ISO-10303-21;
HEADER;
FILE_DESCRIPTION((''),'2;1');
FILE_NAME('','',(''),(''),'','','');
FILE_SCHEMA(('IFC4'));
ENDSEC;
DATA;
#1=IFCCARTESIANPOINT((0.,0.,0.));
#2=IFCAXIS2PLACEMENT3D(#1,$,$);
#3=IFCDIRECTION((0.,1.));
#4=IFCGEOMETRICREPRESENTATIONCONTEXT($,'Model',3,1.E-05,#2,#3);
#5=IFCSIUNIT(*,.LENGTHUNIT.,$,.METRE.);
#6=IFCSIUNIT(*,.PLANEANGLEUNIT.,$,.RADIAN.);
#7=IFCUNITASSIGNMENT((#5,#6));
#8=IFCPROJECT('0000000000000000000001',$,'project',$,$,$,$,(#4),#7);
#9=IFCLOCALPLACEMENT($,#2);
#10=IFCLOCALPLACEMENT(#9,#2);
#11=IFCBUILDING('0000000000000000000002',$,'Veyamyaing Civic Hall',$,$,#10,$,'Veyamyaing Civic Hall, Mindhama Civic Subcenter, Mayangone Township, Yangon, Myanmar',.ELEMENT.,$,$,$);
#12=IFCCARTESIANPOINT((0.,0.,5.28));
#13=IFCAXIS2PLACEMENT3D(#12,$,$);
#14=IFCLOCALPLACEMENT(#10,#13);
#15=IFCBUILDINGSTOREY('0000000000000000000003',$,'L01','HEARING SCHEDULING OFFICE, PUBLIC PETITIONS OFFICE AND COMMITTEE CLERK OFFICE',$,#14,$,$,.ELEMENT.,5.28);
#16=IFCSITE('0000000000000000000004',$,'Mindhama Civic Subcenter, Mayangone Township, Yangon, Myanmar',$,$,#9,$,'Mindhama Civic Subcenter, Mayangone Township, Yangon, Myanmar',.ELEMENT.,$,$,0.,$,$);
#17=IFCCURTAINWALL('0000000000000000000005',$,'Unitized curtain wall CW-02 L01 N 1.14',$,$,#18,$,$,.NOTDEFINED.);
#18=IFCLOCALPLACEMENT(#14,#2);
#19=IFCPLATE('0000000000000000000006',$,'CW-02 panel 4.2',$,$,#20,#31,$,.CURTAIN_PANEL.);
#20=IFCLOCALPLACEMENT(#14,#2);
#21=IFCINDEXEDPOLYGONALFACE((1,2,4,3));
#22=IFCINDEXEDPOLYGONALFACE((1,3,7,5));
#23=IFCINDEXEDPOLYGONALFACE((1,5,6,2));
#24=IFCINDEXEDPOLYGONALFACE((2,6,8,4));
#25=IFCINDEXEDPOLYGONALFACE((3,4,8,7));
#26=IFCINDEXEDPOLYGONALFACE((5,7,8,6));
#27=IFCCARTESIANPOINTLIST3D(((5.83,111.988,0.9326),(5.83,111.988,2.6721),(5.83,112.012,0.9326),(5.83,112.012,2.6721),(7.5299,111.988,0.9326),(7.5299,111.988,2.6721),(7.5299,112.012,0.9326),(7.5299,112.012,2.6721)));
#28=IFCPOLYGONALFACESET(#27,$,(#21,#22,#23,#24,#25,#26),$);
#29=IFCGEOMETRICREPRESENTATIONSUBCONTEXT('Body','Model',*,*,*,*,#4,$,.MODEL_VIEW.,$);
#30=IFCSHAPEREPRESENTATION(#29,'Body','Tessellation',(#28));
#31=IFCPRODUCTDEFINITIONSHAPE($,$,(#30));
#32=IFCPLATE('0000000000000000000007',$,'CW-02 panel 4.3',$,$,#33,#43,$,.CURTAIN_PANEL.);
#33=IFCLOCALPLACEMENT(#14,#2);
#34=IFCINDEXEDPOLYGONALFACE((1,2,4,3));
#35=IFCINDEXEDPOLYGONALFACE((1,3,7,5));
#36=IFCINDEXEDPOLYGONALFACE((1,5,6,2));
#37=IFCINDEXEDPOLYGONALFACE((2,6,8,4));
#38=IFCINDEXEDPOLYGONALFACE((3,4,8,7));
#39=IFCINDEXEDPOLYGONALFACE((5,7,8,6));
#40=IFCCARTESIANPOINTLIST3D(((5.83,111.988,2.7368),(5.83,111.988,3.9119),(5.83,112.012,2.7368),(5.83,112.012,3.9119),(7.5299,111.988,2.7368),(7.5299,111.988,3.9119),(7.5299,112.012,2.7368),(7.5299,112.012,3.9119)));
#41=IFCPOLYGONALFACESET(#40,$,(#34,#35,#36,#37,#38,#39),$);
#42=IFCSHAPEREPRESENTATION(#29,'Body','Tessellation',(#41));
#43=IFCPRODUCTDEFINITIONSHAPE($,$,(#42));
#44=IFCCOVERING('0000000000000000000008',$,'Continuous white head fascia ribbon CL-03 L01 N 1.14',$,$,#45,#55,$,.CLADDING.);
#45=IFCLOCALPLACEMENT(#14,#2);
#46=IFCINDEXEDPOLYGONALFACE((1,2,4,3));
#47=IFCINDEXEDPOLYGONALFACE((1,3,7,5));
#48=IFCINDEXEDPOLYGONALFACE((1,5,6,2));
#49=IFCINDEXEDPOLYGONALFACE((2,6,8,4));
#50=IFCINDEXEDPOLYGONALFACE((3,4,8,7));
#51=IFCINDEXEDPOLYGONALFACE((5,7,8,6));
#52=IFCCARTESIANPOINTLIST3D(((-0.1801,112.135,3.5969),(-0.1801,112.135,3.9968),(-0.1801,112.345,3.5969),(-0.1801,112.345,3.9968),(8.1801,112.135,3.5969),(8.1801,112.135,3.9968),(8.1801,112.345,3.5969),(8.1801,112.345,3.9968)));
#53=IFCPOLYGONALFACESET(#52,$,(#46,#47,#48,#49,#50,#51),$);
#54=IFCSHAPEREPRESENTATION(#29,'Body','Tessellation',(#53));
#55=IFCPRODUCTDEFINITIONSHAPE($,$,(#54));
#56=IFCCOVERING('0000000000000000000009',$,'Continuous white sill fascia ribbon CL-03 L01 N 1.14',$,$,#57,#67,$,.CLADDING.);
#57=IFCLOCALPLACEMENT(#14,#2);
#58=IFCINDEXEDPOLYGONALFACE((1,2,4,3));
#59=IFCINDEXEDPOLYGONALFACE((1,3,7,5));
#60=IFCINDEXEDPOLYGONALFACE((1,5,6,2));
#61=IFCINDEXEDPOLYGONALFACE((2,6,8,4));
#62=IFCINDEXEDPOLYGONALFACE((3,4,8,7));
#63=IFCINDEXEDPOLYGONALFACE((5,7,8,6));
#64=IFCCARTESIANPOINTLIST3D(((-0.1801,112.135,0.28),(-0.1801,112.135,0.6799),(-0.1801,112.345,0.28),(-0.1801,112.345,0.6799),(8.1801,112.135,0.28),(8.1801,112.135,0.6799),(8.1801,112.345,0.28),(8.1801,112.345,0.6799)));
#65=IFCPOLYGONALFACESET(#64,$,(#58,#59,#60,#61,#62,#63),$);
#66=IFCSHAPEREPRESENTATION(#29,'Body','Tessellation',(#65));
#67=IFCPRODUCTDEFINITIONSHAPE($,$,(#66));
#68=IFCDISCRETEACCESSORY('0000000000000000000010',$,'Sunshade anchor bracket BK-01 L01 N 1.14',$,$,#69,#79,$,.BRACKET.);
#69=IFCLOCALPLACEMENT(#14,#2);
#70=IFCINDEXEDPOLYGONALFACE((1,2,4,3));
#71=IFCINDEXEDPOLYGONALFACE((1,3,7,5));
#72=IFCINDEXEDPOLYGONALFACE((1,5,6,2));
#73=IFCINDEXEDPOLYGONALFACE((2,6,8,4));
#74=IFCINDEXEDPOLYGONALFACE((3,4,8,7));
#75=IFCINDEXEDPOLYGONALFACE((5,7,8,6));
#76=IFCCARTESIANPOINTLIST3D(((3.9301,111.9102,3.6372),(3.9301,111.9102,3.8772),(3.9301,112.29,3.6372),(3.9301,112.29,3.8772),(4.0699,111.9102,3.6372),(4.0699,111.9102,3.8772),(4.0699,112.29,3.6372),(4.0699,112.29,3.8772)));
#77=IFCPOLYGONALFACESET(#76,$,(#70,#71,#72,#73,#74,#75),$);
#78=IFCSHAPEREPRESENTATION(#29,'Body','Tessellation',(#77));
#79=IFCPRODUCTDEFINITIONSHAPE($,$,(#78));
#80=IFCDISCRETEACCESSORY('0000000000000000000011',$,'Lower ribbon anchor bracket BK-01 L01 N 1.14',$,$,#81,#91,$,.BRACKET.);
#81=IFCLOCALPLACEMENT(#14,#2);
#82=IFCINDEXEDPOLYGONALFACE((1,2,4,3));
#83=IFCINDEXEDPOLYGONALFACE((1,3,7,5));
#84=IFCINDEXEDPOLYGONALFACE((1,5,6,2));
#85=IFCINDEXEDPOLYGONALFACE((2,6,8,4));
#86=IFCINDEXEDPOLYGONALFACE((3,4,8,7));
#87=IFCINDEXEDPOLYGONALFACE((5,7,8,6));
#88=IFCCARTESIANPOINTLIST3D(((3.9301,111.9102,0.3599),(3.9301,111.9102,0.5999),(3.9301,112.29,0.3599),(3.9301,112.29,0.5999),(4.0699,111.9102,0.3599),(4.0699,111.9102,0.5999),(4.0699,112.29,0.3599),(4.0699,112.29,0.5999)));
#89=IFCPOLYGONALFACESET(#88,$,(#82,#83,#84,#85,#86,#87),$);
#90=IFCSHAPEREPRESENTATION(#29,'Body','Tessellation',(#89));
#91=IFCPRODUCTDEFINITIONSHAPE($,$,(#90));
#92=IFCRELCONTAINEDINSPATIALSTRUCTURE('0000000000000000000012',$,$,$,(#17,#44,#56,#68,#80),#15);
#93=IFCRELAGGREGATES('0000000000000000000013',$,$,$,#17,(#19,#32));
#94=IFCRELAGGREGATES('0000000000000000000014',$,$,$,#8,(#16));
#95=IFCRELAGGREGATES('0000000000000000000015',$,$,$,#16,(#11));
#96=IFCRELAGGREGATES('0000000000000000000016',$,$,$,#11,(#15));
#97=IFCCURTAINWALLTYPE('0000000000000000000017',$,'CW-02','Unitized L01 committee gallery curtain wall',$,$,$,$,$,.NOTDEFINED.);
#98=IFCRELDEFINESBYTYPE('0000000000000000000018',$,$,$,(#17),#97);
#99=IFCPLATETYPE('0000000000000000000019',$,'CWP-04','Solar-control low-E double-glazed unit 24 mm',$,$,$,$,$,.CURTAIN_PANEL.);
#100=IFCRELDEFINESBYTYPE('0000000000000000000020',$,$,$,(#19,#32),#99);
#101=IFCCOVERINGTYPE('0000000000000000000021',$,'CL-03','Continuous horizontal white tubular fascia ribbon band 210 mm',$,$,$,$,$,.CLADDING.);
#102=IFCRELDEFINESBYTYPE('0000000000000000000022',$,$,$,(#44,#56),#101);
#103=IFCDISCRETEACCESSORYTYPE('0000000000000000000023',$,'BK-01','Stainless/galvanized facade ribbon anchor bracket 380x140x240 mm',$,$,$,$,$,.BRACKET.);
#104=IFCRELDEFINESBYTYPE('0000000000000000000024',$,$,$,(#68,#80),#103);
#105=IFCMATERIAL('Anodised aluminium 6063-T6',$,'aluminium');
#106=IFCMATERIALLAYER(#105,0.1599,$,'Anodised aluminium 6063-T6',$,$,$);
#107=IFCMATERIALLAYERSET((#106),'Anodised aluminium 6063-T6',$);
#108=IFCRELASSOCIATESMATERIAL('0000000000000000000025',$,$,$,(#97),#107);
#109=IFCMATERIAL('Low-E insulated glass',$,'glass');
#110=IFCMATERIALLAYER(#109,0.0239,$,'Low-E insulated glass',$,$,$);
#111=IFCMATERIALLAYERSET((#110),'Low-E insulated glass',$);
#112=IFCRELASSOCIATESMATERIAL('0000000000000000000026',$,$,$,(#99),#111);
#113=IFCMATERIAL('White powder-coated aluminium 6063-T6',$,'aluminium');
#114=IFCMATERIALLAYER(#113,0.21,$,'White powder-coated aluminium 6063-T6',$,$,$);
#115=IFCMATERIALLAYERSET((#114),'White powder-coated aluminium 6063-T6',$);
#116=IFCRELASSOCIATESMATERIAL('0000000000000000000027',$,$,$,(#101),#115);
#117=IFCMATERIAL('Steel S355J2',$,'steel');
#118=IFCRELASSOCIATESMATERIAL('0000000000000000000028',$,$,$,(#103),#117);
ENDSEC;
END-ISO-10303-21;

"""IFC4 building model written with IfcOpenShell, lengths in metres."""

from ifc_helpers import new_model, si_unit, direction, frame, origin, origin_2d, place, context, subcontext, project, spatial, rectangle, extrude, material, layer, layer_set, type_object, element, aggregate, save


model = new_model("IFC4")

# Units and contexts
model_context = context("Model", 3, precision=1e-05, world=origin(), true_north=direction((0.0, 1.0)))
body_context = subcontext(model_context, "Body", "Model", "MODEL_VIEW")
ifc_project = project(units=[si_unit("LENGTHUNIT", "METRE"), si_unit("PLANEANGLEUNIT", "RADIAN")], contexts=[model_context])

# Site, building, storey
site_placement = place(None, origin())
site = spatial("IfcSite", under=ifc_project, at=site_placement, Name="Mindhama Civic Subcenter, Mayangone Township, Yangon, Myanmar", LongName="Mindhama Civic Subcenter, Mayangone Township, Yangon, Myanmar", CompositionType="ELEMENT", RefElevation=0.0)
building_placement = place(site_placement, origin())
building = spatial("IfcBuilding", under=site, at=building_placement, Name="Veyamyaing Civic Hall", LongName="Veyamyaing Civic Hall, Mindhama Civic Subcenter, Mayangone Township, Yangon, Myanmar", CompositionType="ELEMENT")
storey_placement = place(building_placement, frame((0.0, 0.0, 5.28)))
storey = spatial("IfcBuildingStorey", under=building, at=storey_placement, Name="L01", Description="HEARING SCHEDULING OFFICE, PUBLIC PETITIONS OFFICE AND COMMITTEE CLERK OFFICE", CompositionType="ELEMENT", Elevation=5.28)

# Curtain wall, plates
ifc_material_1 = material(Name="Anodised aluminium 6063-T6", Category="aluminium")
ifc_layer_1 = layer(ifc_material_1, 0.1599, Name="Anodised aluminium 6063-T6")
ifc_layer_set_1 = layer_set([ifc_layer_1], Name="Anodised aluminium 6063-T6")
curtain_wall_type = type_object("IfcCurtainWallType", Name="CW-02", Description="Unitized L01 committee gallery curtain wall", PredefinedType="NOTDEFINED", material=ifc_layer_set_1)
curtain_wall_placement = place(storey_placement, origin())
curtain_wall = element("IfcCurtainWall", 1, at=curtain_wall_placement, inside=storey, type_object=curtain_wall_type, Name="Unitized curtain wall CW-02 L01 N 1.14", PredefinedType="NOTDEFINED")
ifc_material_2 = material(Name="Low-E insulated glass", Category="glass")
ifc_layer_2 = layer(ifc_material_2, 0.0239, Name="Low-E insulated glass")
ifc_layer_set_2 = layer_set([ifc_layer_2], Name="Low-E insulated glass")
plate_type = type_object("IfcPlateType", Name="CWP-04", Description="Solar-control low-E double-glazed unit 24 mm", PredefinedType="CURTAIN_PANEL", material=ifc_layer_set_2)
plate_1_placement = place(storey_placement, frame((6.6799, 112.0, 0.9326), z_axis=(0.0, 0.0, 1.0), x_axis=(1.0, 0.0, 0.0)))
plate_1 = element("IfcPlate", 2, at=plate_1_placement, type_object=plate_type, Name="CW-02 panel 4.2", PredefinedType="CURTAIN_PANEL", context=body_context, shape_type="SweptSolid", body=[
    extrude(rectangle(XDim=1.7, YDim=0.0239, at=origin_2d()), origin(), (0.0, 0.0, 1.0), 1.7395),
])
plate_2_placement = place(storey_placement, frame((6.6799, 112.0, 2.7368), z_axis=(0.0, 0.0, 1.0), x_axis=(1.0, 0.0, 0.0)))
plate_2 = element("IfcPlate", 3, at=plate_2_placement, type_object=plate_type, Name="CW-02 panel 4.3", PredefinedType="CURTAIN_PANEL", context=body_context, shape_type="SweptSolid", body=[
    extrude(rectangle(XDim=1.7, YDim=0.0239, at=origin_2d()), origin(), (0.0, 0.0, 1.0), 1.175),
])
aggregate(curtain_wall, [plate_1, plate_2])

# Coverings
ifc_material_3 = material(Name="White powder-coated aluminium 6063-T6", Category="aluminium")
ifc_layer_3 = layer(ifc_material_3, 0.21, Name="White powder-coated aluminium 6063-T6")
ifc_layer_set_3 = layer_set([ifc_layer_3], Name="White powder-coated aluminium 6063-T6")
covering_type = type_object("IfcCoveringType", Name="CL-03", Description="Continuous horizontal white tubular fascia ribbon band 210 mm", PredefinedType="CLADDING", material=ifc_layer_set_3)
for number, where, z_axis, x_axis, name in (
    (4, (4.0, 112.24, 3.5969), (0.0, 0.0, 1.0), (1.0, 0.0, 0.0), "Continuous white head fascia ribbon CL-03 L01 N 1.14"),
    (5, (4.0, 112.24, 0.28), (0.0, 0.0, 1.0), (1.0, 0.0, 0.0), "Continuous white sill fascia ribbon CL-03 L01 N 1.14"),
):
    element("IfcCovering", number, at=place(storey_placement, frame(where, z_axis=z_axis, x_axis=x_axis)), inside=storey, type_object=covering_type, Name=name, PredefinedType="CLADDING", context=body_context, shape_type="SweptSolid", body=[
        extrude(rectangle(XDim=8.3601, YDim=0.21, at=origin_2d()), origin(), (0.0, 0.0, 1.0), 0.3999),
    ])

# Discrete accessories
ifc_material_4 = material(Name="Steel S355J2", Category="steel")
discrete_accessory_type = type_object("IfcDiscreteAccessoryType", Name="BK-01", Description="Stainless/galvanized facade ribbon anchor bracket 380x140x240 mm", PredefinedType="BRACKET", material=ifc_material_4)
for number, where, z_axis, x_axis, name in (
    (6, (4.0, 112.1001, 3.6372), (0.0, 0.0, 1.0), (0.0, 1.0, 0.0), "Sunshade anchor bracket BK-01 L01 N 1.14"),
    (7, (4.0, 112.1001, 0.3599), (0.0, 0.0, 1.0), (0.0, 1.0, 0.0), "Lower ribbon anchor bracket BK-01 L01 N 1.14"),
):
    element("IfcDiscreteAccessory", number, at=place(storey_placement, frame(where, z_axis=z_axis, x_axis=x_axis)), inside=storey, type_object=discrete_accessory_type, Name=name, PredefinedType="BRACKET", context=body_context, shape_type="SweptSolid", body=[
        extrude(rectangle(XDim=0.3799, YDim=0.1399, at=origin_2d()), origin(), (0.0, 0.0, 1.0), 0.24),
    ])

save(model, "model.ifc")
